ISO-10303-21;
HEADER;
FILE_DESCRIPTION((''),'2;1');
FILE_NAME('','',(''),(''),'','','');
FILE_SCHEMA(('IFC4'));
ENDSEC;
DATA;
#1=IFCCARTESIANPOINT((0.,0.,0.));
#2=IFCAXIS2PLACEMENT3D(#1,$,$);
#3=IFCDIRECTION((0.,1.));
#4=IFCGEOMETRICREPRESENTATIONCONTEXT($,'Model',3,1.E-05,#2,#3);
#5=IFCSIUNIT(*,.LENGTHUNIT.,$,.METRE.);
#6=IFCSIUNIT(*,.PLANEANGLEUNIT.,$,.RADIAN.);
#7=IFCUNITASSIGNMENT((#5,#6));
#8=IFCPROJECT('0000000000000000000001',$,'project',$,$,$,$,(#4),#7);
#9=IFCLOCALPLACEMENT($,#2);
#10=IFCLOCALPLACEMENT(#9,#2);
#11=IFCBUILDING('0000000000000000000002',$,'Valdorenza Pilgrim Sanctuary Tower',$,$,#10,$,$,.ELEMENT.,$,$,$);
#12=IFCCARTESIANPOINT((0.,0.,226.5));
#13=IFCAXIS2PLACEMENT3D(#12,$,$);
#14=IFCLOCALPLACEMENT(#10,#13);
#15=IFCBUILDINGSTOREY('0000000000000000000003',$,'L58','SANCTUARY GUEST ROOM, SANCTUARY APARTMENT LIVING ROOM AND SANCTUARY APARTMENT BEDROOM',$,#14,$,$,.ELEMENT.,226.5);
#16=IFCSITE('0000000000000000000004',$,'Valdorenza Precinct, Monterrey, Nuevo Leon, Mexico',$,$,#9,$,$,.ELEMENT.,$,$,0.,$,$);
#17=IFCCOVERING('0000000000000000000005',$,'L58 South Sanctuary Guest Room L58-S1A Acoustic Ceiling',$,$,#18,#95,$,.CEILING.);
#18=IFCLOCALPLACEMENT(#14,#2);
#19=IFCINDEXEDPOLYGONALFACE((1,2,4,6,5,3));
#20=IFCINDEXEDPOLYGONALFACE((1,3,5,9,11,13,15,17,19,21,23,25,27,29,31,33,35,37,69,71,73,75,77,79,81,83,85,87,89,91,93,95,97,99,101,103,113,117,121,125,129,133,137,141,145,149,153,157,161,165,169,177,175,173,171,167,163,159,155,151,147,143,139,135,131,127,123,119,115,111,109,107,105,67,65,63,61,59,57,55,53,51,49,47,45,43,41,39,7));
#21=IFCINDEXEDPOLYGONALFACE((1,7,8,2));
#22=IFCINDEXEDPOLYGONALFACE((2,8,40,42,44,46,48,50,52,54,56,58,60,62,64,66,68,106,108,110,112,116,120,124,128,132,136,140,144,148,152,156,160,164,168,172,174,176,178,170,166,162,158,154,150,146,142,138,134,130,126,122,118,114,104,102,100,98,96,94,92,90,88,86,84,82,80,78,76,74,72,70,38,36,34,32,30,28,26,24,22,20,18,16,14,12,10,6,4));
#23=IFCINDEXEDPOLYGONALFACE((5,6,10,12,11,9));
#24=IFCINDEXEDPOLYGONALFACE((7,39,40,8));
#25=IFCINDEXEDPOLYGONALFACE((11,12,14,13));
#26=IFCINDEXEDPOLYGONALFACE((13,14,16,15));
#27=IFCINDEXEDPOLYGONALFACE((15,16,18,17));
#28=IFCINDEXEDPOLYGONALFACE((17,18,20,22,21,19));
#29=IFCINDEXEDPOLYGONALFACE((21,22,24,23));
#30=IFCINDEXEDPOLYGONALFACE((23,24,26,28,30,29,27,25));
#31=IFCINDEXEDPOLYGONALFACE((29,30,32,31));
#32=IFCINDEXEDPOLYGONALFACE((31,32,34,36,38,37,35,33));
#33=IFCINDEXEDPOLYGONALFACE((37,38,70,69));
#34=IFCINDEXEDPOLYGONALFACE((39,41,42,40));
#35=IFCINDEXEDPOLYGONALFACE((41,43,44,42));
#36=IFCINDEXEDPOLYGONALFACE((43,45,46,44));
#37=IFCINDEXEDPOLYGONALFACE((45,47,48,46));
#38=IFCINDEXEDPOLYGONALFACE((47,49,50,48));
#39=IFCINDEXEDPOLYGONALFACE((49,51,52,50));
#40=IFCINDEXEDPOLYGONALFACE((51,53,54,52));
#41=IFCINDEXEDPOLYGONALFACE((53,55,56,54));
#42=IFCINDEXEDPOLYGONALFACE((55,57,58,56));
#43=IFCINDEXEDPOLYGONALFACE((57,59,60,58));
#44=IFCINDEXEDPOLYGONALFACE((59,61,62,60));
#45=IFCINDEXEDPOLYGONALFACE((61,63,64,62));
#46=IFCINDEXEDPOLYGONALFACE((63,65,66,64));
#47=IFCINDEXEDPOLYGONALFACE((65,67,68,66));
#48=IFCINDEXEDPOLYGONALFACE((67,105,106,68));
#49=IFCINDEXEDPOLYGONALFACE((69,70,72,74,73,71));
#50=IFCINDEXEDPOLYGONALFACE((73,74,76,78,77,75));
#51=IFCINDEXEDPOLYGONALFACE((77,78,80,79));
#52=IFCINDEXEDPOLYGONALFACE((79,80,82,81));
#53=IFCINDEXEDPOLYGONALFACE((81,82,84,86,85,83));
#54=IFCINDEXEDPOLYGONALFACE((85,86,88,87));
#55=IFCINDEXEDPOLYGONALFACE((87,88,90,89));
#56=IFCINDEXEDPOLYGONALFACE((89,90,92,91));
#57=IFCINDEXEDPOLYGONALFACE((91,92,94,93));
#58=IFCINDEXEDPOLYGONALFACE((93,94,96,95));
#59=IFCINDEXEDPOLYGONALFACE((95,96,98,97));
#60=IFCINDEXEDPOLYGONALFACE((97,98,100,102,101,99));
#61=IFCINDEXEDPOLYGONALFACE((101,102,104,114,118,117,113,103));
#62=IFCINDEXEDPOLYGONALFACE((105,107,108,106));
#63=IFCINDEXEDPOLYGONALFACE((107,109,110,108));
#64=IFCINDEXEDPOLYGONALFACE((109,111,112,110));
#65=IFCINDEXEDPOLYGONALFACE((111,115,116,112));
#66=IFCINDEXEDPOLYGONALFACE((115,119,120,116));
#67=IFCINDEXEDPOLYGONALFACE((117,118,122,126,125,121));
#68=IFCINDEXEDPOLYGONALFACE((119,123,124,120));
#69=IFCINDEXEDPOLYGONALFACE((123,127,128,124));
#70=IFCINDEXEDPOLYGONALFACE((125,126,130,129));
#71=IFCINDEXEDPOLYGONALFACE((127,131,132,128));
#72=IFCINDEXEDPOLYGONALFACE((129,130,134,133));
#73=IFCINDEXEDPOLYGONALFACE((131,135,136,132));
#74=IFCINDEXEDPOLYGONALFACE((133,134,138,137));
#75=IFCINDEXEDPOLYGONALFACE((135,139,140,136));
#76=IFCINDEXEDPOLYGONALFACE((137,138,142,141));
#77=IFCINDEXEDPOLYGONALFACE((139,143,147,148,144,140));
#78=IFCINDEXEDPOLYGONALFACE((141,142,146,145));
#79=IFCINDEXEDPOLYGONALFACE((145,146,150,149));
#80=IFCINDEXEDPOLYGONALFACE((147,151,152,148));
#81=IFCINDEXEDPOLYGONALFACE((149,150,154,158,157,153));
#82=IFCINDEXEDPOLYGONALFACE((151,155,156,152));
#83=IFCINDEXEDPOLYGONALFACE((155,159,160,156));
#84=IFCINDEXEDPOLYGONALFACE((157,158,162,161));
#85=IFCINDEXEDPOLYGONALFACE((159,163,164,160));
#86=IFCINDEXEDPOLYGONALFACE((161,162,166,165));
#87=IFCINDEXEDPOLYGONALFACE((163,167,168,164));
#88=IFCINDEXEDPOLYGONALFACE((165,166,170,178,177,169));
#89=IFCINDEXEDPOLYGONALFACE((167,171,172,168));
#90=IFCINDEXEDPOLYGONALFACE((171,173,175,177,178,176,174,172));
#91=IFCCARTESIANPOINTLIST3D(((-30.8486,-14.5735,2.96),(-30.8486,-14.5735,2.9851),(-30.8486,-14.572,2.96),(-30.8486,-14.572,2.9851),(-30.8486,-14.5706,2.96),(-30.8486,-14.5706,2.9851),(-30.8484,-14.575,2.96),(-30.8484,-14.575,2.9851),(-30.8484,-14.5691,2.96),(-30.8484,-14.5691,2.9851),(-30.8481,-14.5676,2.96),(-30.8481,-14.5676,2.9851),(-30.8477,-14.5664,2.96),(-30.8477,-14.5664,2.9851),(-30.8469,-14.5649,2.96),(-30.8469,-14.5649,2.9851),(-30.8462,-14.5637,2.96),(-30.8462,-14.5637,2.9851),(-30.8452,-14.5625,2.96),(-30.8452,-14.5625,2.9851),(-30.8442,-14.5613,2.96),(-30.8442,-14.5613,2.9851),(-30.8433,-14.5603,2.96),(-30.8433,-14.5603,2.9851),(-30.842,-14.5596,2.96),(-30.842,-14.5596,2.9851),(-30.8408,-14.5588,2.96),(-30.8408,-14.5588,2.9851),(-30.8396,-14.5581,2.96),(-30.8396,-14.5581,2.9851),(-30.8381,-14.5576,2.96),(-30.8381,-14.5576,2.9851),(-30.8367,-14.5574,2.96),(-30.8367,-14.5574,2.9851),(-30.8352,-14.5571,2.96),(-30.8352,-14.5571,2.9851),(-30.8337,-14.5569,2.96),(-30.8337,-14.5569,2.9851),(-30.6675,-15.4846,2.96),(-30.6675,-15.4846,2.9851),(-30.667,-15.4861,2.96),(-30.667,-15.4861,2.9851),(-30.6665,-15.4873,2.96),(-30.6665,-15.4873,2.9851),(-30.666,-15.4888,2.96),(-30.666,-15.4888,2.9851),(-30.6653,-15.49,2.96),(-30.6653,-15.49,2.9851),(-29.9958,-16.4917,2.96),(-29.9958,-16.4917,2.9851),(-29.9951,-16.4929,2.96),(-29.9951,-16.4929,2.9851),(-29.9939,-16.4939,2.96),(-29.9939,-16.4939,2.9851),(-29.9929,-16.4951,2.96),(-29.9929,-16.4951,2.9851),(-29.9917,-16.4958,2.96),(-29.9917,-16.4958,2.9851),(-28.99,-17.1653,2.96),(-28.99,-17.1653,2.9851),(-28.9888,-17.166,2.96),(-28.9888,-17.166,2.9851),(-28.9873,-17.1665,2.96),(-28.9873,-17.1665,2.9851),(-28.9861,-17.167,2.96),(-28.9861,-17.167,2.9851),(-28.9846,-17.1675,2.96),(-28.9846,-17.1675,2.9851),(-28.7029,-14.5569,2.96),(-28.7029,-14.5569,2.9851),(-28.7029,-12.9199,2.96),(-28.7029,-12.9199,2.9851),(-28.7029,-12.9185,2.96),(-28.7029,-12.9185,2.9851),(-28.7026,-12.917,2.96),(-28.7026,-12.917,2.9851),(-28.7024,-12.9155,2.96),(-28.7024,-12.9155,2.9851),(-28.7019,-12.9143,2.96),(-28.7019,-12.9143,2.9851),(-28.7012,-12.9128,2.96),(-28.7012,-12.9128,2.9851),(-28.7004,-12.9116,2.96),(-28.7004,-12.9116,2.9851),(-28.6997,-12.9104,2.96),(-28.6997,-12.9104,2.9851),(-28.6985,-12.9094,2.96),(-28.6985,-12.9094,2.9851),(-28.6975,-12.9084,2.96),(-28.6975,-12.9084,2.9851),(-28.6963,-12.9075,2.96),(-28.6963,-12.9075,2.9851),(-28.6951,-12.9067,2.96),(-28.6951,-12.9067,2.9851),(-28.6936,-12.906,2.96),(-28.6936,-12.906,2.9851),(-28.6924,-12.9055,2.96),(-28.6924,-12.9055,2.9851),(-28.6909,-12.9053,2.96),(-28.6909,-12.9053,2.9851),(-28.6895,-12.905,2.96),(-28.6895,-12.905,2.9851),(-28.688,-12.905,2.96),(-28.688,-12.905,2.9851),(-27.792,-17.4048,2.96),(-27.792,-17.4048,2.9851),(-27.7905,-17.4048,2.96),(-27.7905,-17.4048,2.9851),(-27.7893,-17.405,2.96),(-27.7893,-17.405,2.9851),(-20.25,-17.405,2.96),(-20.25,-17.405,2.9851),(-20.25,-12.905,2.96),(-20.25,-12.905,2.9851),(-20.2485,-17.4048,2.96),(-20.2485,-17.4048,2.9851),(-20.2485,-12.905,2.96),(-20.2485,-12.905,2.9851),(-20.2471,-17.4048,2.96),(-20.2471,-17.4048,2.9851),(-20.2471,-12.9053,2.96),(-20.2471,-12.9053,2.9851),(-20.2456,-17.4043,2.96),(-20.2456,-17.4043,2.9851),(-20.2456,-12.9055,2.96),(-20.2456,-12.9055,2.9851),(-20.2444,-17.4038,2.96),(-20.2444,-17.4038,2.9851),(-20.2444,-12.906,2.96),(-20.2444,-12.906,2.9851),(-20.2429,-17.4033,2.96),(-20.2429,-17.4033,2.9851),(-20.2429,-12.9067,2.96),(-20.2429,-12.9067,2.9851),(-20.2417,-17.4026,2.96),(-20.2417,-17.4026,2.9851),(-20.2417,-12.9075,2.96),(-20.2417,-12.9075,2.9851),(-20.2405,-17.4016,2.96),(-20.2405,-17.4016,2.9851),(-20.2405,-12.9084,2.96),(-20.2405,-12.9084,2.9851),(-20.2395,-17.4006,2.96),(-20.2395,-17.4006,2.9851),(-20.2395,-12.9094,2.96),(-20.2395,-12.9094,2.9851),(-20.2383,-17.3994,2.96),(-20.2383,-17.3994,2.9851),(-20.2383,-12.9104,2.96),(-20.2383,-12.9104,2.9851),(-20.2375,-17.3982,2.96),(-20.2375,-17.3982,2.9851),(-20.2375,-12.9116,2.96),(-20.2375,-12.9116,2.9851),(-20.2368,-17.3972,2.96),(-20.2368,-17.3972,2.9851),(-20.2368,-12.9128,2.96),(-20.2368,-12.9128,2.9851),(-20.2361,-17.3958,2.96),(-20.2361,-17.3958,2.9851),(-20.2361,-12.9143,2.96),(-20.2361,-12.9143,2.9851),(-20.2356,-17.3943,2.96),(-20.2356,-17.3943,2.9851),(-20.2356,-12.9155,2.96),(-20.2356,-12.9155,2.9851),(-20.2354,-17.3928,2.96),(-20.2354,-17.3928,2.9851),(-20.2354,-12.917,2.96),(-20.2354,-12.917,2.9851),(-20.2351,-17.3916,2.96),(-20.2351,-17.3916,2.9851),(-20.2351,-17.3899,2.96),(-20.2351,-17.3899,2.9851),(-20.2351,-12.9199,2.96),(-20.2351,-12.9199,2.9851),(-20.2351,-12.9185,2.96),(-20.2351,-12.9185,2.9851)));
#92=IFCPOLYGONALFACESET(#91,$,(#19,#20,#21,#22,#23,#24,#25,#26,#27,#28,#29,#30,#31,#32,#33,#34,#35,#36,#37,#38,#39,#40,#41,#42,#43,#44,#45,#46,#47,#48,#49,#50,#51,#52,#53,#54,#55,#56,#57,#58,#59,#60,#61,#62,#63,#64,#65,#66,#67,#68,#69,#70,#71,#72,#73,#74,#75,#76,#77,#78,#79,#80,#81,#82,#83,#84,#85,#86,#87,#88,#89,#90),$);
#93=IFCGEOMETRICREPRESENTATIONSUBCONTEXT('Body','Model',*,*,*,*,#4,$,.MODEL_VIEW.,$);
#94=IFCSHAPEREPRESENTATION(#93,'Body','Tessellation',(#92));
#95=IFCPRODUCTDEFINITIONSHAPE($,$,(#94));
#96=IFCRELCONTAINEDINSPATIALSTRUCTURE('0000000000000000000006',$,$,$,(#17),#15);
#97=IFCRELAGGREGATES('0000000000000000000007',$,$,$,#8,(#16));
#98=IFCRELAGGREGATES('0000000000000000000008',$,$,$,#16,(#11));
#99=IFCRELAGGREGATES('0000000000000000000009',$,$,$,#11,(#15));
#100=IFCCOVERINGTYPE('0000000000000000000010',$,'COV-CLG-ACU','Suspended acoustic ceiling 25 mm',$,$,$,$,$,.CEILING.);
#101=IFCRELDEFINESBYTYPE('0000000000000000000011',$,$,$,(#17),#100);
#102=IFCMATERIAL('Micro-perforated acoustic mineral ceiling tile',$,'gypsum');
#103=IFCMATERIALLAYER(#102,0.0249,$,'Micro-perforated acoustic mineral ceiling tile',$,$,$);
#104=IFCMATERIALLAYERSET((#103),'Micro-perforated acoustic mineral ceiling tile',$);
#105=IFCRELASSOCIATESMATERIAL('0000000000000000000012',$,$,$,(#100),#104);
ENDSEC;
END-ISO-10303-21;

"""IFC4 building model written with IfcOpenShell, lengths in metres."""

from ifc_helpers import new_model, si_unit, direction, frame, origin, place, context, subcontext, project, spatial, polyline, outline, extrude, material, layer, layer_set, type_object, element, save


model = new_model("IFC4")

# Units and contexts
model_context = context("Model", 3, precision=1e-05, world=origin(), true_north=direction((0.0, 1.0)))
body_context = subcontext(model_context, "Body", "Model", "MODEL_VIEW")
ifc_project = project(units=[si_unit("LENGTHUNIT", "METRE"), si_unit("PLANEANGLEUNIT", "RADIAN")], contexts=[model_context])

# Site, building, storey
site_placement = place(None, origin())
site = spatial("IfcSite", under=ifc_project, at=site_placement, Name="Valdorenza Precinct, Monterrey, Nuevo Leon, Mexico", CompositionType="ELEMENT", RefElevation=0.0)
building_placement = place(site_placement, origin())
building = spatial("IfcBuilding", under=site, at=building_placement, Name="Valdorenza Pilgrim Sanctuary Tower", CompositionType="ELEMENT")
storey_placement = place(building_placement, frame((0.0, 0.0, 226.5)))
storey = spatial("IfcBuildingStorey", under=building, at=storey_placement, Name="L58", Description="SANCTUARY GUEST ROOM, SANCTUARY APARTMENT LIVING ROOM AND SANCTUARY APARTMENT BEDROOM", CompositionType="ELEMENT", Elevation=226.5)

# Covering
ifc_material_1 = material(Name="Micro-perforated acoustic mineral ceiling tile", Category="gypsum")
ifc_layer_1 = layer(ifc_material_1, 0.0249, Name="Micro-perforated acoustic mineral ceiling tile")
ifc_layer_set_1 = layer_set([ifc_layer_1], Name="Micro-perforated acoustic mineral ceiling tile")
covering_type_1 = type_object("IfcCoveringType", Name="COV-CLG-ACU", Description="Suspended acoustic ceiling 25 mm", PredefinedType="CEILING", material=ifc_layer_set_1)
covering_1_placement = place(storey_placement, frame((0.0, 0.0, 2.96)))
element("IfcCovering", 1, at=covering_1_placement, inside=storey, type_object=covering_type_1, Name="L58 South Sanctuary Guest Room L58-S1A Acoustic Ceiling", PredefinedType="CEILING", context=body_context, shape_type="SweptSolid", body=[
    extrude(outline(polyline([(-28.7029, -14.5569), (-28.7029, -12.9199), (-28.7029, -12.9185), (-28.7026, -12.917), (-28.7024, -12.9155), (-28.7019, -12.9143), (-28.7012, -12.9128), (-28.7004, -12.9116), (-28.6997, -12.9104), (-28.6985, -12.9094), (-28.6975, -12.9084), (-28.6963, -12.9075), (-28.6951, -12.9067), (-28.6936, -12.906), (-28.6924, -12.9055), (-28.6909, -12.9053), (-28.6895, -12.905), (-28.688, -12.905), (-20.25, -12.905), (-20.2485, -12.905), (-20.2471, -12.9053), (-20.2456, -12.9055), (-20.2444, -12.906), (-20.2429, -12.9067), (-20.2417, -12.9075), (-20.2405, -12.9084), (-20.2395, -12.9094), (-20.2383, -12.9104), (-20.2375, -12.9116), (-20.2368, -12.9128), (-20.2361, -12.9143), (-20.2356, -12.9155), (-20.2354, -12.917), (-20.2351, -12.9185), (-20.2351, -12.9199), (-20.2351, -17.3899), (-20.2351, -17.3916), (-20.2354, -17.3928), (-20.2356, -17.3943), (-20.2361, -17.3958), (-20.2368, -17.3972), (-20.2375, -17.3982), (-20.2383, -17.3994), (-20.2395, -17.4006), (-20.2405, -17.4016), (-20.2417, -17.4026), (-20.2429, -17.4033), (-20.2444, -17.4038), (-20.2456, -17.4043), (-20.2471, -17.4048), (-20.2485, -17.4048), (-20.25, -17.405), (-27.7893, -17.405), (-27.7905, -17.4048), (-27.792, -17.4048), (-28.9846, -17.1675), (-28.9861, -17.167), (-28.9873, -17.1665), (-28.9888, -17.166), (-28.99, -17.1653), (-29.9917, -16.4958), (-29.9929, -16.4951), (-29.9939, -16.4939), (-29.9951, -16.4929), (-29.9958, -16.4917), (-30.6653, -15.49), (-30.666, -15.4888), (-30.6665, -15.4873), (-30.667, -15.4861), (-30.6675, -15.4846), (-30.8484, -14.575), (-30.8486, -14.5735), (-30.8486, -14.572), (-30.8486, -14.5706), (-30.8484, -14.5691), (-30.8481, -14.5676), (-30.8477, -14.5664), (-30.8469, -14.5649), (-30.8462, -14.5637), (-30.8452, -14.5625), (-30.8442, -14.5613), (-30.8433, -14.5603), (-30.842, -14.5596), (-30.8408, -14.5588), (-30.8396, -14.5581), (-30.8381, -14.5576), (-30.8367, -14.5574), (-30.8352, -14.5571), (-30.8337, -14.5569), (-28.7029, -14.5569)])), origin(), (0.0, 0.0, 1.0), 0.0251),
])

save(model, "model.ifc")
